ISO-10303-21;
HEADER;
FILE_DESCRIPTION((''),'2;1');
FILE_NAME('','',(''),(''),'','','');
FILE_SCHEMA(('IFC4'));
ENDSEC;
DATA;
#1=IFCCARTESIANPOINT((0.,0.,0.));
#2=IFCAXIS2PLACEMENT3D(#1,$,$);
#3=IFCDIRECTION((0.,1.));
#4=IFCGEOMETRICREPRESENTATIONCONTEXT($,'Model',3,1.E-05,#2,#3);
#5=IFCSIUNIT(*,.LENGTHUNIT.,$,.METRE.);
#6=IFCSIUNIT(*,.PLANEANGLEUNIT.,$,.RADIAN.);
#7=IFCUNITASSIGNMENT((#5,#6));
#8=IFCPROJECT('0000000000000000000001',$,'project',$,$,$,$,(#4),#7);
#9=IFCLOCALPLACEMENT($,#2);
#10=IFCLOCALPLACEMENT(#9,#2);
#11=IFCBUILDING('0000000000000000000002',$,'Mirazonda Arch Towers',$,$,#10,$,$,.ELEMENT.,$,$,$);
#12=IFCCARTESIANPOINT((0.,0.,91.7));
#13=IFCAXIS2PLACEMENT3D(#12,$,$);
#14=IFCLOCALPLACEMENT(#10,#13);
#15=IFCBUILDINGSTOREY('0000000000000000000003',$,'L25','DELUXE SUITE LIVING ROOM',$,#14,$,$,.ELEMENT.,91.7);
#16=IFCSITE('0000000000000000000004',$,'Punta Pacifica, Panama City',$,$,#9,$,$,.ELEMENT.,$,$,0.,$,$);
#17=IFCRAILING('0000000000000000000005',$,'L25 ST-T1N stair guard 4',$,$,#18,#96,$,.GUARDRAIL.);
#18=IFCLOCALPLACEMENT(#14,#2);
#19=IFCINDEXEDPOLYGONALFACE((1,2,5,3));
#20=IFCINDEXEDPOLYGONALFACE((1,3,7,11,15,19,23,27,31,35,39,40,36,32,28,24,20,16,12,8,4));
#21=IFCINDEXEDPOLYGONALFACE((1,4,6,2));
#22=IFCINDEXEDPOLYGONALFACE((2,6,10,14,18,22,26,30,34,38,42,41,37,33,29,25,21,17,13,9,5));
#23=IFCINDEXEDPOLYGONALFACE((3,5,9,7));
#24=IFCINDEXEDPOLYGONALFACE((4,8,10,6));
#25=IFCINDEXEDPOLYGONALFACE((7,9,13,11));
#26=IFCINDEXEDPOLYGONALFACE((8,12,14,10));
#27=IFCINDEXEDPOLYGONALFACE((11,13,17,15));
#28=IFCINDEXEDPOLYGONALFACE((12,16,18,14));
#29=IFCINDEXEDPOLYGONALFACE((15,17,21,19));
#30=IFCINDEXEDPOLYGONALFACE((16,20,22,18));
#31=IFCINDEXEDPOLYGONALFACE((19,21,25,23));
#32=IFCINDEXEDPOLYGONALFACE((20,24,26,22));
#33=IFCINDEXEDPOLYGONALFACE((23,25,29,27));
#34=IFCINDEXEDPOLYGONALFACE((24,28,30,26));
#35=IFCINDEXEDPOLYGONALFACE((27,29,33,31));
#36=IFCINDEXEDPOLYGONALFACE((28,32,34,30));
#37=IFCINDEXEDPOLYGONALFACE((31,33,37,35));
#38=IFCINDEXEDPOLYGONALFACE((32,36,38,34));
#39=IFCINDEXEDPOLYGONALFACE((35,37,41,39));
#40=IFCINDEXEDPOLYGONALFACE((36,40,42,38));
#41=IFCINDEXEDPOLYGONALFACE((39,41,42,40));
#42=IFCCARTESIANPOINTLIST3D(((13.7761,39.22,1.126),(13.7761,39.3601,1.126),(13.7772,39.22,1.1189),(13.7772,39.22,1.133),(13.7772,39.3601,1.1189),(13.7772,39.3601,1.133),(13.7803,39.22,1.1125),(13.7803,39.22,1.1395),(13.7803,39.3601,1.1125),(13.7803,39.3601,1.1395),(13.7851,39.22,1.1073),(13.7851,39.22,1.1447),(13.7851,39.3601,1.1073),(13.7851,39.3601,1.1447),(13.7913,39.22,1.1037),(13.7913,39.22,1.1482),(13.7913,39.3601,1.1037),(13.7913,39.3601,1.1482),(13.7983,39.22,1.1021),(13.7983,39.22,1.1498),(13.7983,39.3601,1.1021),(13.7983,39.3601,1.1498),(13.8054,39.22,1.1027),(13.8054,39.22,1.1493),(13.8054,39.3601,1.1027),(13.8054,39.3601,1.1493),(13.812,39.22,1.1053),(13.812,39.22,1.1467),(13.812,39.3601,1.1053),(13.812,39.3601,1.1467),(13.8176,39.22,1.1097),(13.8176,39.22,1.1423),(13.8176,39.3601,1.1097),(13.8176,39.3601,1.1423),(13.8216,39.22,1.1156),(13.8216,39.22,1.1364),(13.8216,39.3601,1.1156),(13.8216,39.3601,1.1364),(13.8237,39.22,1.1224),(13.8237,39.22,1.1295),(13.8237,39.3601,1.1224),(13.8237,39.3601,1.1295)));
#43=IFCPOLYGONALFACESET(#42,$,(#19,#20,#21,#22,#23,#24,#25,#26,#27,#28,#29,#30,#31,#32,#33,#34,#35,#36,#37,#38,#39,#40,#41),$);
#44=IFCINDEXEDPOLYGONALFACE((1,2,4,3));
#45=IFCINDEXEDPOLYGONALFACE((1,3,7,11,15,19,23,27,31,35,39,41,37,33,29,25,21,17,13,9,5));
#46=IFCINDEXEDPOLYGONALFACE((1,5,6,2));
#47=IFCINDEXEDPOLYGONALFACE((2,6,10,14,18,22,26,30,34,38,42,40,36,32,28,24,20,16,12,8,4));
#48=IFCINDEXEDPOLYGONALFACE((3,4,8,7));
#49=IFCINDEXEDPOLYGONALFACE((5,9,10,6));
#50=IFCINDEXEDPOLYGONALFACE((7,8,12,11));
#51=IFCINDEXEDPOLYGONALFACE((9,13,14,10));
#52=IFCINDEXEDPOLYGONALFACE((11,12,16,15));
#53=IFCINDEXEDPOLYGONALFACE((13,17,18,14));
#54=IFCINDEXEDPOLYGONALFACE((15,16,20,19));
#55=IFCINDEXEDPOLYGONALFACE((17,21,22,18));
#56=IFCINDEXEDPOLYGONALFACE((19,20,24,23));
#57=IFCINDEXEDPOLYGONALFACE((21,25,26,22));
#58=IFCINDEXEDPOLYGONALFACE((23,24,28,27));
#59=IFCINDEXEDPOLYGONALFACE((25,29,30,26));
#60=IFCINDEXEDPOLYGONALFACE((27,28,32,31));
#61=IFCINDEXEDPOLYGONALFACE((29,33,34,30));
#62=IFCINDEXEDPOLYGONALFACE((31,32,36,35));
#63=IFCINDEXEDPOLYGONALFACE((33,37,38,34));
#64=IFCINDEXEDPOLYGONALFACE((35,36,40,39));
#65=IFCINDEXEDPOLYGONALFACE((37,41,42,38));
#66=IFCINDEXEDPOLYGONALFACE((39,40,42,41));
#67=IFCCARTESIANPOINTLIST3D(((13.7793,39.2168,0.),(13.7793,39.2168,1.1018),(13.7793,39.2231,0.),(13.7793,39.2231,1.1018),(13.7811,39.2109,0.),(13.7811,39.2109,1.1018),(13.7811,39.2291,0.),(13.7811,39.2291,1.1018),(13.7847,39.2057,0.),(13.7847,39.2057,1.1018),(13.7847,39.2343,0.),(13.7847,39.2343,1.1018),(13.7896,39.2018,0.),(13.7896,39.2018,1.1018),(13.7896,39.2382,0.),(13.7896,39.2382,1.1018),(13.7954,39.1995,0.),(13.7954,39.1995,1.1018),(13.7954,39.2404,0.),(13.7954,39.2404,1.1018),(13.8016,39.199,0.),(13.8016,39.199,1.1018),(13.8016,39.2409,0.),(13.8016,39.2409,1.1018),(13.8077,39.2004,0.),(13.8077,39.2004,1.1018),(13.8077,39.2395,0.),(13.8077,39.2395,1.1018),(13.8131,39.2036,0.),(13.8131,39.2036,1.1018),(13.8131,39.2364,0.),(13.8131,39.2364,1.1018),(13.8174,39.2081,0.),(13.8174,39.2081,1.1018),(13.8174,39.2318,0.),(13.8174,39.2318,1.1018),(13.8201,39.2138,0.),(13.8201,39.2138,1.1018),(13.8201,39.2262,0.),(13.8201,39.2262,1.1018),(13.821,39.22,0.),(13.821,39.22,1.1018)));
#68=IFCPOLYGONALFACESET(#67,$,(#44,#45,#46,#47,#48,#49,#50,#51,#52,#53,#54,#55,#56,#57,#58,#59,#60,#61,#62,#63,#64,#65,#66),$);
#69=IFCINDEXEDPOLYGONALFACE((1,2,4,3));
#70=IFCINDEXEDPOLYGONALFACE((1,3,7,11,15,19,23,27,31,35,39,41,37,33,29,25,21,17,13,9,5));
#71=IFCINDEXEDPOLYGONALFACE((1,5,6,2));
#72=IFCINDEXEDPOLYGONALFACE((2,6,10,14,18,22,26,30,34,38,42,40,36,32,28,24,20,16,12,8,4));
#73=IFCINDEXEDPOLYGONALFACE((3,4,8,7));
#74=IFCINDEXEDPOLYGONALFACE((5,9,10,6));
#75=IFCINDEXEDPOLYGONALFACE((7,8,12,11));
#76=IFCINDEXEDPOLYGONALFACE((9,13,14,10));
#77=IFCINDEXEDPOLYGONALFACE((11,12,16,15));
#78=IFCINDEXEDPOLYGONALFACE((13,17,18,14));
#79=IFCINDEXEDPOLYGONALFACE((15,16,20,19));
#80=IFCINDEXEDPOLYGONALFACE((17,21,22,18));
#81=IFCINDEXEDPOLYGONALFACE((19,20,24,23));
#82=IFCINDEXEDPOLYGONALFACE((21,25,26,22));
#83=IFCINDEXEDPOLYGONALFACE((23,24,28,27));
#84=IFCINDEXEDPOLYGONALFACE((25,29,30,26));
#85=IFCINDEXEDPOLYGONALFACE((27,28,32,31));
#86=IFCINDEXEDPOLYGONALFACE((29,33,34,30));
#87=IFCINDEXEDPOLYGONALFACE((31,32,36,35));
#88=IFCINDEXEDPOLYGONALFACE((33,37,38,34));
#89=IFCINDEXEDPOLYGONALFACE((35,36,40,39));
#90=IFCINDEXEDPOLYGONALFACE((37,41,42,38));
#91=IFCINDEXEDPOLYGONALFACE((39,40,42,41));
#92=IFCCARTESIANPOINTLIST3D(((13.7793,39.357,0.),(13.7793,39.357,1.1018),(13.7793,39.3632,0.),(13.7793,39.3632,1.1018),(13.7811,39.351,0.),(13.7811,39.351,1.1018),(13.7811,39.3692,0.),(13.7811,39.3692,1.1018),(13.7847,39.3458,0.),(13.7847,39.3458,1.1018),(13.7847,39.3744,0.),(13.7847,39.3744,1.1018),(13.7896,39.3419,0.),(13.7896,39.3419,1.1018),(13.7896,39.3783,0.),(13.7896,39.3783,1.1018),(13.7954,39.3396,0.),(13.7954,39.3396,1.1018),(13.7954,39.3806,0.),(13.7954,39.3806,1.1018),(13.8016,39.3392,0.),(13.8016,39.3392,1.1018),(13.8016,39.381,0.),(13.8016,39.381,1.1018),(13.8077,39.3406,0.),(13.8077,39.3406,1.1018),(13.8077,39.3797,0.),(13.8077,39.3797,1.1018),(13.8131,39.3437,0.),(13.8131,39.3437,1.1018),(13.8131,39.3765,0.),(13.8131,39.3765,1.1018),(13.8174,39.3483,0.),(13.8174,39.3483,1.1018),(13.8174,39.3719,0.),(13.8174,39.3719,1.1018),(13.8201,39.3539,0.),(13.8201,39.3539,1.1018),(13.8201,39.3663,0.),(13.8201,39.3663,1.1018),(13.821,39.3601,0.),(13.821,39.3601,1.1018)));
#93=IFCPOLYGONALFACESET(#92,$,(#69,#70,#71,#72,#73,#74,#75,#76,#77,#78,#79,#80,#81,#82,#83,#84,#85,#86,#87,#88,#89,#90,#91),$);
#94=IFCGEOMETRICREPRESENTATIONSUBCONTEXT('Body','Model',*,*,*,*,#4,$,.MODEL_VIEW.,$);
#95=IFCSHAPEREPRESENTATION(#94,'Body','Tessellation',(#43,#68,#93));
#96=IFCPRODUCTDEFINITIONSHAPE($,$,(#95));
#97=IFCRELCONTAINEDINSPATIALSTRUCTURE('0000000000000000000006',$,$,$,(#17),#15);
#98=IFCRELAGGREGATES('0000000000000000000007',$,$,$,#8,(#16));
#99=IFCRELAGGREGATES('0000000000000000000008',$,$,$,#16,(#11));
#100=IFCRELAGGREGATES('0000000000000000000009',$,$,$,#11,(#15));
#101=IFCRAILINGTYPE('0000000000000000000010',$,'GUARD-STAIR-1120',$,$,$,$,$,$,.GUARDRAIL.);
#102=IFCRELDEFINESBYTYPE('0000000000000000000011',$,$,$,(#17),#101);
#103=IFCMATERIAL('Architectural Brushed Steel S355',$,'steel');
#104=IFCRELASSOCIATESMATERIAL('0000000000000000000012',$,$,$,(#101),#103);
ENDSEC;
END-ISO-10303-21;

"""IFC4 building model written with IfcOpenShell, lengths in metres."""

from ifc_helpers import new_model, si_unit, direction, frame, origin, origin_2d, place, context, subcontext, project, spatial, circle, extrude, material, type_object, element, save


model = new_model("IFC4")

# Units and contexts
model_context = context("Model", 3, precision=1e-05, world=origin(), true_north=direction((0.0, 1.0)))
body_context = subcontext(model_context, "Body", "Model", "MODEL_VIEW")
ifc_project = project(units=[si_unit("LENGTHUNIT", "METRE"), si_unit("PLANEANGLEUNIT", "RADIAN")], contexts=[model_context])

# Site, building, storey
site_placement = place(None, origin())
site = spatial("IfcSite", under=ifc_project, at=site_placement, Name="Punta Pacifica, Panama City", CompositionType="ELEMENT", RefElevation=0.0)
building_placement = place(site_placement, origin())
building = spatial("IfcBuilding", under=site, at=building_placement, Name="Mirazonda Arch Towers", CompositionType="ELEMENT")
storey_placement = place(building_placement, frame((0.0, 0.0, 91.7)))
storey = spatial("IfcBuildingStorey", under=building, at=storey_placement, Name="L25", Description="DELUXE SUITE LIVING ROOM", CompositionType="ELEMENT", Elevation=91.7)

# Shared definitions
ifc_material_1 = material(Name="Architectural Brushed Steel S355", Category="steel")

# Railing
railing_type_1 = type_object("IfcRailingType", Name="GUARD-STAIR-1120", PredefinedType="GUARDRAIL", material=ifc_material_1)
railing_1_placement = place(storey_placement, frame((13.8, 39.22, 0.0)))
element("IfcRailing", 1, at=railing_1_placement, inside=storey, type_object=railing_type_1, Name="L25 ST-T1N stair guard 4", PredefinedType="GUARDRAIL", context=body_context, shape_type="SweptSolid", body=[
    extrude(circle(Radius=0.0239, at=origin_2d()), frame((0.0, 0.0, 1.126), z_axis=(0.0, 1.0, 0.0), x_axis=(-1.0, 0.0, 0.0)), (0.0, 0.0, 1.0), 0.1401),
    extrude(circle(Radius=0.021, at=origin_2d()), origin(), (0.0, 0.0, 1.0), 1.1018),
    extrude(circle(Radius=0.021, at=origin_2d()), frame((0.0, 0.1401, 0.0)), (0.0, 0.0, 1.0), 1.1018),
])

save(model, "model.ifc")
